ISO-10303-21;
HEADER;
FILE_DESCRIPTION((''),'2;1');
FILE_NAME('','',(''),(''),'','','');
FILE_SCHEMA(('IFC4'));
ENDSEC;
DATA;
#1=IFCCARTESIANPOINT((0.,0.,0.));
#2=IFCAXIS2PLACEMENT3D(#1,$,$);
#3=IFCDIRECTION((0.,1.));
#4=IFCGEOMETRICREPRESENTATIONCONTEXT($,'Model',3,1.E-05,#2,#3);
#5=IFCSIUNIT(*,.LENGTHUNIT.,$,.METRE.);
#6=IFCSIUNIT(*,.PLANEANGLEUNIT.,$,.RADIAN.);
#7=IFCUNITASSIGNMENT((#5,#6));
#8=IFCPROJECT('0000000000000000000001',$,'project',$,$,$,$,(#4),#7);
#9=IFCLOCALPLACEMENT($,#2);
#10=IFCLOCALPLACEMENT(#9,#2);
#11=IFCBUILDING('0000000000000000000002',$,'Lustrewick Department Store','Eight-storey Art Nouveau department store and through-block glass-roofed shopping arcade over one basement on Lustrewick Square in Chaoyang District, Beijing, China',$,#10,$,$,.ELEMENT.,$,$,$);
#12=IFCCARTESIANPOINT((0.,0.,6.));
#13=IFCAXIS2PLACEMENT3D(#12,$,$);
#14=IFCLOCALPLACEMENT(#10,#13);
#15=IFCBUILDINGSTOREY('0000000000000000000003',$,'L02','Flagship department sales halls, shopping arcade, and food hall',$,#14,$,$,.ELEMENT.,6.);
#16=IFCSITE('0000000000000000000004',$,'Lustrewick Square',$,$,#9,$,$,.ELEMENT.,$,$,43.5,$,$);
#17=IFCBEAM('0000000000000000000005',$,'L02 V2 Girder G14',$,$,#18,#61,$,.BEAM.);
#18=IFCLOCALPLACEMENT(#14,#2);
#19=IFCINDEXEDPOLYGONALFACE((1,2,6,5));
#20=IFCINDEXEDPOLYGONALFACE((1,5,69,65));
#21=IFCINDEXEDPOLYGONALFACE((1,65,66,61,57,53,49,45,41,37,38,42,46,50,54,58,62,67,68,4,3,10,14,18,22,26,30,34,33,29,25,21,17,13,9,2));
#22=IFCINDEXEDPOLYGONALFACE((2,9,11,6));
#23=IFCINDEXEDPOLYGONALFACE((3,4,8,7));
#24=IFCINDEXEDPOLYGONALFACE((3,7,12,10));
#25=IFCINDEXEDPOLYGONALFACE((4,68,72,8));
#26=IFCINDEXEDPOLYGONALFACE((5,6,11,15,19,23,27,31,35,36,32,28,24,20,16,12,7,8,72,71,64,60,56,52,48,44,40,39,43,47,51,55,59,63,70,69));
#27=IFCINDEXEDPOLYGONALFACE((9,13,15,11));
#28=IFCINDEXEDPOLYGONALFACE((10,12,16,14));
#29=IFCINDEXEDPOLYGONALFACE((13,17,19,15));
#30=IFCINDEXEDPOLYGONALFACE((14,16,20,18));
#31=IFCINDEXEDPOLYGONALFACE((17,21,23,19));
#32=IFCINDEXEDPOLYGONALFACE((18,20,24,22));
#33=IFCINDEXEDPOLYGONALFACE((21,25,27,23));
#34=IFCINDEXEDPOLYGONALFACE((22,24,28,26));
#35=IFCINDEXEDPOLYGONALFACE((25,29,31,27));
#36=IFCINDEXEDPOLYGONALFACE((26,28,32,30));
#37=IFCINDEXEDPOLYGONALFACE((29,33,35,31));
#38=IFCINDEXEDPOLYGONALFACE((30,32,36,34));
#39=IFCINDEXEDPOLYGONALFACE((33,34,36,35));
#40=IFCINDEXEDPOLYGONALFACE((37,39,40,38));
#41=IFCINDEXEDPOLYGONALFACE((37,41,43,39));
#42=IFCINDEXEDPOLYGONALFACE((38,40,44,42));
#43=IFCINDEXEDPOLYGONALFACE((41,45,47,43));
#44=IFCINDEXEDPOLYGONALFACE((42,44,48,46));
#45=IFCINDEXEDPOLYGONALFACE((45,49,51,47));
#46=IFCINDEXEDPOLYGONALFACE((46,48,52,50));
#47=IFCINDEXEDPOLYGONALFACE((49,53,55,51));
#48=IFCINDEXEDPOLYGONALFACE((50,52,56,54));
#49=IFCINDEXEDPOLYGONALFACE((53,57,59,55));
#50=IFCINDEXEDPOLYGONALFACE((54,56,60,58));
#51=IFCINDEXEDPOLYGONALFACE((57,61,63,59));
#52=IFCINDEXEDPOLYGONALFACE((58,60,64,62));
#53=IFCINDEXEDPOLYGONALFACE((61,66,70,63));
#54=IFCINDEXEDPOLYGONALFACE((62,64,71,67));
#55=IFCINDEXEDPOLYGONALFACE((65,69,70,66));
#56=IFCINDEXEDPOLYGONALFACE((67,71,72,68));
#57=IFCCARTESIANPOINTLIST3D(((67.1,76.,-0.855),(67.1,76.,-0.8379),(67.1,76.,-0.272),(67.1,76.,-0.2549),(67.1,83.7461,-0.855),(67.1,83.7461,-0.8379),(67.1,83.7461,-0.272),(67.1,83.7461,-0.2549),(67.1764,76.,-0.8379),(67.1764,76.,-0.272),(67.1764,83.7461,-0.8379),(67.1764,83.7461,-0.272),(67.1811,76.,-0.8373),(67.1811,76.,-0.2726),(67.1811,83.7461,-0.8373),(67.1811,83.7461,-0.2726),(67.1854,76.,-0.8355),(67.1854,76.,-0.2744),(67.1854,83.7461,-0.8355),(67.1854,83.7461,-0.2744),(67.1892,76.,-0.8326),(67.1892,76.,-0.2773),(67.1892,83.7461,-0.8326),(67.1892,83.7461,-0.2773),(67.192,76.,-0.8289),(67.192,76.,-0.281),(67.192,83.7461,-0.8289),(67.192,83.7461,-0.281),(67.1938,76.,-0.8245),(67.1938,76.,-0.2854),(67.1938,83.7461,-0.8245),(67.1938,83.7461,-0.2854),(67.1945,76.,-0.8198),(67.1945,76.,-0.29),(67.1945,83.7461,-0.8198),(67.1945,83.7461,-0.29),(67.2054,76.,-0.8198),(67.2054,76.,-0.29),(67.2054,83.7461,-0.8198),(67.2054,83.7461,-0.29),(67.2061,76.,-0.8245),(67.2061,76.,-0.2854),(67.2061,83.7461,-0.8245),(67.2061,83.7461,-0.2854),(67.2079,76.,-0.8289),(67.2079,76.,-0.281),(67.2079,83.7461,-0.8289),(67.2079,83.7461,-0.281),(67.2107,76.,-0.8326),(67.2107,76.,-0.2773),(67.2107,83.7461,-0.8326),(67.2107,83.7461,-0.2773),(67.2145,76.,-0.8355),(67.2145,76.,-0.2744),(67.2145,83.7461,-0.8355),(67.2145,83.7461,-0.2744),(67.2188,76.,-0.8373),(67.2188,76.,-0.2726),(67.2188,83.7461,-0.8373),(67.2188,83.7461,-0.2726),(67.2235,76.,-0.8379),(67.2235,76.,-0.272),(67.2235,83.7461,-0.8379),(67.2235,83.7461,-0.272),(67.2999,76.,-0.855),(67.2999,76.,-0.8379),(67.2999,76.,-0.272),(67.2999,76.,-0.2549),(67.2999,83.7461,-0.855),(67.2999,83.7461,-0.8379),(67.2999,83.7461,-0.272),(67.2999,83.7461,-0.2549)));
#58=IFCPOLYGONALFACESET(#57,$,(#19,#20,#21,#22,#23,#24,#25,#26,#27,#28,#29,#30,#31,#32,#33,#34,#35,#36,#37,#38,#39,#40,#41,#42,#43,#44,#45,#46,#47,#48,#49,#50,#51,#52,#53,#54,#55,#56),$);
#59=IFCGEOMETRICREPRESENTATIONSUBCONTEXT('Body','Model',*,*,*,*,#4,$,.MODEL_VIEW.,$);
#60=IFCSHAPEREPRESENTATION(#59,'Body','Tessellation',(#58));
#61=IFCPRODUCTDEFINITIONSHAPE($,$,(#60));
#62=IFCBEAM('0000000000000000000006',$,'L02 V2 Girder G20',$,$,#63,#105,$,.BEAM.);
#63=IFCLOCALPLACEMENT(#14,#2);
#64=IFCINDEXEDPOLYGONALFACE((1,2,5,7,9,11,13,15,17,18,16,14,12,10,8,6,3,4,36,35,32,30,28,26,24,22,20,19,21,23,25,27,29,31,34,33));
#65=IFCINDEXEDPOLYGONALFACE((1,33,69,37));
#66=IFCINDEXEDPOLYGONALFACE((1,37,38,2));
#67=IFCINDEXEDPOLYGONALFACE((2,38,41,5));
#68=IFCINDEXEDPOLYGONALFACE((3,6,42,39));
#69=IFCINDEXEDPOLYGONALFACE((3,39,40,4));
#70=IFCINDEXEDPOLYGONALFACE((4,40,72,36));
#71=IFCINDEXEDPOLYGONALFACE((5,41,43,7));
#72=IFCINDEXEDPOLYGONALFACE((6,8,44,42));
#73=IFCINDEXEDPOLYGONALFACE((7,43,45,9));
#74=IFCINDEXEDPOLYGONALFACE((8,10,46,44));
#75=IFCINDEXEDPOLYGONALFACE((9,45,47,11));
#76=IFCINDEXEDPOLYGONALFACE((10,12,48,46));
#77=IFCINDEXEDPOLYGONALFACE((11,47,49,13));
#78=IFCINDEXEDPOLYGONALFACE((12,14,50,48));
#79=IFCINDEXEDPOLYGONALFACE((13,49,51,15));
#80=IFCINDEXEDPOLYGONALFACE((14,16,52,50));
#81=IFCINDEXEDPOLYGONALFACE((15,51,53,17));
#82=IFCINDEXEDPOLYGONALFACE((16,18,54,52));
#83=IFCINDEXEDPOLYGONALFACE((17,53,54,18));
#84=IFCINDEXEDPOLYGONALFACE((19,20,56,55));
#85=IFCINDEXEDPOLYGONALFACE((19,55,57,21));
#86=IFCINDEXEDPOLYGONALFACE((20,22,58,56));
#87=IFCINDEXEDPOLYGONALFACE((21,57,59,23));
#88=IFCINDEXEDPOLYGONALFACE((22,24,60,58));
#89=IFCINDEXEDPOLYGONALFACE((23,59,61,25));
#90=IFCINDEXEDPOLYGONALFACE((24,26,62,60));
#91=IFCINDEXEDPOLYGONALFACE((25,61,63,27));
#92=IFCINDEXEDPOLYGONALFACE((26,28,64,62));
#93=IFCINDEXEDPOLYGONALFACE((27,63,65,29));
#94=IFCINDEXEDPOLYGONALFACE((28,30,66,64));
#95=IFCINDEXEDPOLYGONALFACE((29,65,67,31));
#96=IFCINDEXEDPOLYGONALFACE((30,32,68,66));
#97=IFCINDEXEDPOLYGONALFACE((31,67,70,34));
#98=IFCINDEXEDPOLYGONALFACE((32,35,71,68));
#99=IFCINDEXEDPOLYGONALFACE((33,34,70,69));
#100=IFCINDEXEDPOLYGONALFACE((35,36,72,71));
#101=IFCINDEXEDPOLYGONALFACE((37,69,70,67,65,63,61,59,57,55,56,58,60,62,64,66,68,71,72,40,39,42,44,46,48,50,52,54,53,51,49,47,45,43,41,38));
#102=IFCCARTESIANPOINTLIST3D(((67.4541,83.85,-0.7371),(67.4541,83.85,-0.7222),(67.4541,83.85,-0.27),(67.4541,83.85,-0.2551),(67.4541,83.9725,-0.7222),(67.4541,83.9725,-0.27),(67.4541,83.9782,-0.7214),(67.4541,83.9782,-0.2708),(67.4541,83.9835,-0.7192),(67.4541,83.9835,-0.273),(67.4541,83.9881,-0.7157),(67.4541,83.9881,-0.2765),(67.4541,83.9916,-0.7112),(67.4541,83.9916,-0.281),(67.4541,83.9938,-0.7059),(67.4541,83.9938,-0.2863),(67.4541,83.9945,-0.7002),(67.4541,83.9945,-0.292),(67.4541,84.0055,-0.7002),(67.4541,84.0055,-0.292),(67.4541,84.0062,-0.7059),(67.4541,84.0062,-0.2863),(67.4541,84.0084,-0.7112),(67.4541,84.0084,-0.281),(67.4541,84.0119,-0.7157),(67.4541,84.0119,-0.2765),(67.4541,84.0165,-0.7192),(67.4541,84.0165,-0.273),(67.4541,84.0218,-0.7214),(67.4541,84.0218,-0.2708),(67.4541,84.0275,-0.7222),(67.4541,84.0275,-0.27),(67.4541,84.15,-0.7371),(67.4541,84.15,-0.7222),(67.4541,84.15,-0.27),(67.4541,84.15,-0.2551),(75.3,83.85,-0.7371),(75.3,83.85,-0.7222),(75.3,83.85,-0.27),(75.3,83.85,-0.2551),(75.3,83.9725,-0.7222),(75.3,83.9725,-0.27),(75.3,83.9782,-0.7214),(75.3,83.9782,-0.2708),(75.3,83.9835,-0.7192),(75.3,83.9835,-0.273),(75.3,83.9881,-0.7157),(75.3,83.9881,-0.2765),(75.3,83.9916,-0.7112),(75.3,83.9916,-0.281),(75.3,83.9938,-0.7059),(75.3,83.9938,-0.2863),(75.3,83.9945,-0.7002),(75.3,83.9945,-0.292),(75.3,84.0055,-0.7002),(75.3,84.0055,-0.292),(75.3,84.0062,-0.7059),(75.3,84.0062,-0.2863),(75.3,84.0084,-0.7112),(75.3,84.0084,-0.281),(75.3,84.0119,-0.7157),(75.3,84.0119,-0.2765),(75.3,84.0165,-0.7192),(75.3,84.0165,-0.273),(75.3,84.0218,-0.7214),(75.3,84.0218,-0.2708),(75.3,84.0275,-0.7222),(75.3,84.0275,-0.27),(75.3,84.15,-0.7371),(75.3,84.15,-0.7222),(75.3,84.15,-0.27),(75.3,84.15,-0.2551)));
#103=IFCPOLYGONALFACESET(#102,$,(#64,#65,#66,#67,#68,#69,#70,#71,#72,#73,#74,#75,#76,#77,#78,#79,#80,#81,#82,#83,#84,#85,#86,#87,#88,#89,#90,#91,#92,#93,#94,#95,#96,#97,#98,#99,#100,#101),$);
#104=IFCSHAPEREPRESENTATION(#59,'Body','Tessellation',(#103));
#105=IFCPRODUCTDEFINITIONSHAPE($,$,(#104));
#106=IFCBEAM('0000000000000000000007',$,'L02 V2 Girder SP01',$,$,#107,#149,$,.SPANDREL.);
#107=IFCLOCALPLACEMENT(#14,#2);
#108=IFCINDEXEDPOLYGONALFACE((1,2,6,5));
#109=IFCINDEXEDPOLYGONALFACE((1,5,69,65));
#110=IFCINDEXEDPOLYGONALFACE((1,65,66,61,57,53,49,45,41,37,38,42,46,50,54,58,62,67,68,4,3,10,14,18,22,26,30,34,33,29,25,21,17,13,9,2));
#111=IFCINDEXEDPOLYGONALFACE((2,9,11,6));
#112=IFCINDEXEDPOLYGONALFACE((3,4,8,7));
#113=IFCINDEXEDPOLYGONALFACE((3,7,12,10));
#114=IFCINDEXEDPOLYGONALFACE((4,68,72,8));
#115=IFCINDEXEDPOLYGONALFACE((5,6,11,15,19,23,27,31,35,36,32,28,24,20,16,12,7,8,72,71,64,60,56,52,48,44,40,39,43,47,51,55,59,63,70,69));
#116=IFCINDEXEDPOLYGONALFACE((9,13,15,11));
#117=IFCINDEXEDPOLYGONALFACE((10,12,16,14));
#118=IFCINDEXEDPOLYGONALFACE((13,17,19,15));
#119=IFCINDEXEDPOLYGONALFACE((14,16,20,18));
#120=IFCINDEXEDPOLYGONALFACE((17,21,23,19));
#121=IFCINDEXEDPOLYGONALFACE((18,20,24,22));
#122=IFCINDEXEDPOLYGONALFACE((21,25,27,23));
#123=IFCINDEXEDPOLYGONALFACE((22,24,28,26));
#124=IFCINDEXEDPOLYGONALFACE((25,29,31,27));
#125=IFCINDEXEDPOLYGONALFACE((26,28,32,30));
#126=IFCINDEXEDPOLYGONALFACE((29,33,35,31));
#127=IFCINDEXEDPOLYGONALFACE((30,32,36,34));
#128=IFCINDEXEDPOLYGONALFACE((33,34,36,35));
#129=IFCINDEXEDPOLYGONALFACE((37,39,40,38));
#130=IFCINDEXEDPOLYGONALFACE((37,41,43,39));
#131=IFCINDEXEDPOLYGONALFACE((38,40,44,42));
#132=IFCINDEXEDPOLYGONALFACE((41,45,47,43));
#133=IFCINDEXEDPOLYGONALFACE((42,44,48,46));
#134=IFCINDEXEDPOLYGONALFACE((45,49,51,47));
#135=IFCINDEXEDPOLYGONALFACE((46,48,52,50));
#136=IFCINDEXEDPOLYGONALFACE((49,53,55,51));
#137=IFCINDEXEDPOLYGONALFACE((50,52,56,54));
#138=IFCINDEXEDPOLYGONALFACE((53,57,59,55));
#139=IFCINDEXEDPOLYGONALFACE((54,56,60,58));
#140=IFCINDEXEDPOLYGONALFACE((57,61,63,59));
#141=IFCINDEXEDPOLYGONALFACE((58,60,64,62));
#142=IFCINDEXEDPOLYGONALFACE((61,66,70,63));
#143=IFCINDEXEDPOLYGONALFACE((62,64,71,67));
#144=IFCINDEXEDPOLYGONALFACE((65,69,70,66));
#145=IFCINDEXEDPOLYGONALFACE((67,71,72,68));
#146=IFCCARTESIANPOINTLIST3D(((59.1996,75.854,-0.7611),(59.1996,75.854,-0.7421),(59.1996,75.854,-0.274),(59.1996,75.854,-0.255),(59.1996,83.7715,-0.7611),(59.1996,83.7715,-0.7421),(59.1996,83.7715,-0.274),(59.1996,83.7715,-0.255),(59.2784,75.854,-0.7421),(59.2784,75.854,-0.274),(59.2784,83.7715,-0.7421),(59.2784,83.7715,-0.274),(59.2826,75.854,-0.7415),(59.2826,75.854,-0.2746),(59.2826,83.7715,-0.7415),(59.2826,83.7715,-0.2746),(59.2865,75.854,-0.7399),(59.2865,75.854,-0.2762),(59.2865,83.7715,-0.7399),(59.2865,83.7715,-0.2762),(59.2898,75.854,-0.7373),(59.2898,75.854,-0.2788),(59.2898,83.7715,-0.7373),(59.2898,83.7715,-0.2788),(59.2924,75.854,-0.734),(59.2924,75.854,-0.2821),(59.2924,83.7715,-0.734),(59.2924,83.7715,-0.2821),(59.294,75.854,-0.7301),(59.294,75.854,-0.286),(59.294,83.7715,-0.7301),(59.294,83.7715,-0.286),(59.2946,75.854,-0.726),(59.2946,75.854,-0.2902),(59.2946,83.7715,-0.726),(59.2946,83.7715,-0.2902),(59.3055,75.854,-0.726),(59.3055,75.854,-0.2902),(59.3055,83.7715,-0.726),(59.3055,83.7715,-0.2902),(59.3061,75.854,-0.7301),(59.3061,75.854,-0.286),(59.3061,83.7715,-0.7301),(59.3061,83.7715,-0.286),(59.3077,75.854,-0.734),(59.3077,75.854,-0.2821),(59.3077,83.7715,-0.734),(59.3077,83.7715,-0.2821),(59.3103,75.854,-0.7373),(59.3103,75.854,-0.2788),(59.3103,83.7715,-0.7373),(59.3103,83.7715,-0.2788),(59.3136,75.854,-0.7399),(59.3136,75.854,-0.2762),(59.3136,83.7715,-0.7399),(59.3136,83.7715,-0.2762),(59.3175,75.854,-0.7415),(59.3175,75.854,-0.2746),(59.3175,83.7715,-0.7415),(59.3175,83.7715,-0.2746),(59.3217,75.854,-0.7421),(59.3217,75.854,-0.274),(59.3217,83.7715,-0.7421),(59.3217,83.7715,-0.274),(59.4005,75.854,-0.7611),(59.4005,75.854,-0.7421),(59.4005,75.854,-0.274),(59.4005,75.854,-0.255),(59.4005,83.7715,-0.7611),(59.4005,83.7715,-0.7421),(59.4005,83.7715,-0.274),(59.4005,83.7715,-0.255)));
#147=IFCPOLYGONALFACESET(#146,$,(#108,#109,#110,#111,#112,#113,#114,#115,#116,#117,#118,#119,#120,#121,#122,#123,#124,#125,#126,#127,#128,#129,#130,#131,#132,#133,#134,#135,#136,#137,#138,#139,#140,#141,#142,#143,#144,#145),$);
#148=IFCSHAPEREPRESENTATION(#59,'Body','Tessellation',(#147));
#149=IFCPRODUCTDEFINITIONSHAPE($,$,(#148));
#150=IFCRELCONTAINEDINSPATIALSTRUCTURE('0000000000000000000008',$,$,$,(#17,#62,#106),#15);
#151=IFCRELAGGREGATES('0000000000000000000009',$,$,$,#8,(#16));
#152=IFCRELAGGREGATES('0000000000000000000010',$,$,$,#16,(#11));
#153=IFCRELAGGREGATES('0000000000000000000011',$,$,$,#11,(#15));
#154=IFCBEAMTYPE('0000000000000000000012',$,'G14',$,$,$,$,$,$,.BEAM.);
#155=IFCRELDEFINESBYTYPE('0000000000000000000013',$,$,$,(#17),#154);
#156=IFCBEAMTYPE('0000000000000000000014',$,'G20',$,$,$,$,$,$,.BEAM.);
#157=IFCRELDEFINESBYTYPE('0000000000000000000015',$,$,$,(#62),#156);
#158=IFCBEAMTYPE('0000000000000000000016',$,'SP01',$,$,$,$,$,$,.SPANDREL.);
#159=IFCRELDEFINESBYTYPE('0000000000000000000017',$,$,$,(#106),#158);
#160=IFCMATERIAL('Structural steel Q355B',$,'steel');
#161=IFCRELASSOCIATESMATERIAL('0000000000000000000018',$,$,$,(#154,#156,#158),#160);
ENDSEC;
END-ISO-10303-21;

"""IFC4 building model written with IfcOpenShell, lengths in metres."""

from ifc_helpers import new_model, si_unit, direction, frame, origin, origin_2d, place, context, subcontext, project, spatial, i_section, extrude, material, material_profile, profile_set, type_object, element, save


model = new_model("IFC4")

# Units and contexts
model_context = context("Model", 3, precision=1e-05, world=origin(), true_north=direction((0.0, 1.0)))
body_context = subcontext(model_context, "Body", "Model", "MODEL_VIEW")
ifc_project = project(units=[si_unit("LENGTHUNIT", "METRE"), si_unit("PLANEANGLEUNIT", "RADIAN")], contexts=[model_context])

# Site, building, storey
site_placement = place(None, origin())
site = spatial("IfcSite", under=ifc_project, at=site_placement, Name="Lustrewick Square", CompositionType="ELEMENT", RefElevation=43.5)
building_placement = place(site_placement, origin())
building = spatial("IfcBuilding", under=site, at=building_placement, Name="Lustrewick Department Store", Description="Eight-storey Art Nouveau department store and through-block glass-roofed shopping arcade over one basement on Lustrewick Square in Chaoyang District, Beijing, China", CompositionType="ELEMENT")
storey_placement = place(building_placement, frame((0.0, 0.0, 6.0)))
storey = spatial("IfcBuildingStorey", under=building, at=storey_placement, Name="L02", Description="Flagship department sales halls, shopping arcade, and food hall", CompositionType="ELEMENT", Elevation=6.0)

# Shared definitions
ifc_material_1 = material(Name="Structural steel Q355B", Category="steel")

# Beams
ifc_material_profile_1 = material_profile(ifc_material_1, i_section(OverallWidth=0.2, OverallDepth=0.6001, WebThickness=0.011, FlangeThickness=0.0171, FilletRadius=0.0181, at=origin_2d()), Name="HN 600x200x11x17")
ifc_profile_set_1 = profile_set([ifc_material_profile_1], Name="Structural steel Q355B")
beam_type_1 = type_object("IfcBeamType", Name="G14", PredefinedType="BEAM", material=ifc_profile_set_1)
beam_1_placement = place(storey_placement, frame((67.2, 76.0, -0.5549), z_axis=(0.0, 1.0, 0.0), x_axis=(-1.0, 0.0, 0.0)))
element("IfcBeam", 1, at=beam_1_placement, inside=storey, type_object=beam_type_1, Name="L02 V2 Girder G14", PredefinedType="BEAM", context=body_context, shape_type="SweptSolid", body=[
    extrude(i_section(OverallWidth=0.2, OverallDepth=0.6001, WebThickness=0.011, FlangeThickness=0.0171, FilletRadius=0.0181, at=origin_2d()), origin(), (0.0, 0.0, 1.0), 7.7461),
])
ifc_material_profile_2 = material_profile(ifc_material_1, i_section(OverallWidth=0.3, OverallDepth=0.4819, WebThickness=0.011, FlangeThickness=0.0149, FilletRadius=0.022, at=origin_2d()), Name="HM 482x300x11x15")
ifc_profile_set_2 = profile_set([ifc_material_profile_2], Name="Structural steel Q355B")
beam_type_2 = type_object("IfcBeamType", Name="G20", PredefinedType="BEAM", material=ifc_profile_set_2)
beam_2_placement = place(storey_placement, frame((67.4541, 84.0, -0.4961), z_axis=(1.0, 0.0, 0.0), x_axis=(0.0, 1.0, 0.0)))
element("IfcBeam", 2, at=beam_2_placement, inside=storey, type_object=beam_type_2, Name="L02 V2 Girder G20", PredefinedType="BEAM", context=body_context, shape_type="SweptSolid", body=[
    extrude(i_section(OverallWidth=0.3, OverallDepth=0.4819, WebThickness=0.011, FlangeThickness=0.0149, FilletRadius=0.022, at=origin_2d()), origin(), (0.0, 0.0, 1.0), 7.8459),
])
ifc_material_profile_3 = material_profile(ifc_material_1, i_section(OverallWidth=0.2009, OverallDepth=0.5061, WebThickness=0.011, FlangeThickness=0.019, FilletRadius=0.0161, at=origin_2d()), Name="HN 506x201x11x19")
ifc_profile_set_3 = profile_set([ifc_material_profile_3], Name="Structural steel Q355B")
beam_type_3 = type_object("IfcBeamType", Name="SP01", PredefinedType="SPANDREL", material=ifc_profile_set_3)
beam_3_placement = place(storey_placement, frame((59.3, 75.854, -0.5081), z_axis=(0.0, 1.0, 0.0), x_axis=(-1.0, 0.0, 0.0)))
element("IfcBeam", 3, at=beam_3_placement, inside=storey, type_object=beam_type_3, Name="L02 V2 Girder SP01", PredefinedType="SPANDREL", context=body_context, shape_type="SweptSolid", body=[
    extrude(i_section(OverallWidth=0.2009, OverallDepth=0.5061, WebThickness=0.011, FlangeThickness=0.019, FilletRadius=0.0161, at=origin_2d()), origin(), (0.0, 0.0, 1.0), 7.9175),
])

save(model, "model.ifc")
